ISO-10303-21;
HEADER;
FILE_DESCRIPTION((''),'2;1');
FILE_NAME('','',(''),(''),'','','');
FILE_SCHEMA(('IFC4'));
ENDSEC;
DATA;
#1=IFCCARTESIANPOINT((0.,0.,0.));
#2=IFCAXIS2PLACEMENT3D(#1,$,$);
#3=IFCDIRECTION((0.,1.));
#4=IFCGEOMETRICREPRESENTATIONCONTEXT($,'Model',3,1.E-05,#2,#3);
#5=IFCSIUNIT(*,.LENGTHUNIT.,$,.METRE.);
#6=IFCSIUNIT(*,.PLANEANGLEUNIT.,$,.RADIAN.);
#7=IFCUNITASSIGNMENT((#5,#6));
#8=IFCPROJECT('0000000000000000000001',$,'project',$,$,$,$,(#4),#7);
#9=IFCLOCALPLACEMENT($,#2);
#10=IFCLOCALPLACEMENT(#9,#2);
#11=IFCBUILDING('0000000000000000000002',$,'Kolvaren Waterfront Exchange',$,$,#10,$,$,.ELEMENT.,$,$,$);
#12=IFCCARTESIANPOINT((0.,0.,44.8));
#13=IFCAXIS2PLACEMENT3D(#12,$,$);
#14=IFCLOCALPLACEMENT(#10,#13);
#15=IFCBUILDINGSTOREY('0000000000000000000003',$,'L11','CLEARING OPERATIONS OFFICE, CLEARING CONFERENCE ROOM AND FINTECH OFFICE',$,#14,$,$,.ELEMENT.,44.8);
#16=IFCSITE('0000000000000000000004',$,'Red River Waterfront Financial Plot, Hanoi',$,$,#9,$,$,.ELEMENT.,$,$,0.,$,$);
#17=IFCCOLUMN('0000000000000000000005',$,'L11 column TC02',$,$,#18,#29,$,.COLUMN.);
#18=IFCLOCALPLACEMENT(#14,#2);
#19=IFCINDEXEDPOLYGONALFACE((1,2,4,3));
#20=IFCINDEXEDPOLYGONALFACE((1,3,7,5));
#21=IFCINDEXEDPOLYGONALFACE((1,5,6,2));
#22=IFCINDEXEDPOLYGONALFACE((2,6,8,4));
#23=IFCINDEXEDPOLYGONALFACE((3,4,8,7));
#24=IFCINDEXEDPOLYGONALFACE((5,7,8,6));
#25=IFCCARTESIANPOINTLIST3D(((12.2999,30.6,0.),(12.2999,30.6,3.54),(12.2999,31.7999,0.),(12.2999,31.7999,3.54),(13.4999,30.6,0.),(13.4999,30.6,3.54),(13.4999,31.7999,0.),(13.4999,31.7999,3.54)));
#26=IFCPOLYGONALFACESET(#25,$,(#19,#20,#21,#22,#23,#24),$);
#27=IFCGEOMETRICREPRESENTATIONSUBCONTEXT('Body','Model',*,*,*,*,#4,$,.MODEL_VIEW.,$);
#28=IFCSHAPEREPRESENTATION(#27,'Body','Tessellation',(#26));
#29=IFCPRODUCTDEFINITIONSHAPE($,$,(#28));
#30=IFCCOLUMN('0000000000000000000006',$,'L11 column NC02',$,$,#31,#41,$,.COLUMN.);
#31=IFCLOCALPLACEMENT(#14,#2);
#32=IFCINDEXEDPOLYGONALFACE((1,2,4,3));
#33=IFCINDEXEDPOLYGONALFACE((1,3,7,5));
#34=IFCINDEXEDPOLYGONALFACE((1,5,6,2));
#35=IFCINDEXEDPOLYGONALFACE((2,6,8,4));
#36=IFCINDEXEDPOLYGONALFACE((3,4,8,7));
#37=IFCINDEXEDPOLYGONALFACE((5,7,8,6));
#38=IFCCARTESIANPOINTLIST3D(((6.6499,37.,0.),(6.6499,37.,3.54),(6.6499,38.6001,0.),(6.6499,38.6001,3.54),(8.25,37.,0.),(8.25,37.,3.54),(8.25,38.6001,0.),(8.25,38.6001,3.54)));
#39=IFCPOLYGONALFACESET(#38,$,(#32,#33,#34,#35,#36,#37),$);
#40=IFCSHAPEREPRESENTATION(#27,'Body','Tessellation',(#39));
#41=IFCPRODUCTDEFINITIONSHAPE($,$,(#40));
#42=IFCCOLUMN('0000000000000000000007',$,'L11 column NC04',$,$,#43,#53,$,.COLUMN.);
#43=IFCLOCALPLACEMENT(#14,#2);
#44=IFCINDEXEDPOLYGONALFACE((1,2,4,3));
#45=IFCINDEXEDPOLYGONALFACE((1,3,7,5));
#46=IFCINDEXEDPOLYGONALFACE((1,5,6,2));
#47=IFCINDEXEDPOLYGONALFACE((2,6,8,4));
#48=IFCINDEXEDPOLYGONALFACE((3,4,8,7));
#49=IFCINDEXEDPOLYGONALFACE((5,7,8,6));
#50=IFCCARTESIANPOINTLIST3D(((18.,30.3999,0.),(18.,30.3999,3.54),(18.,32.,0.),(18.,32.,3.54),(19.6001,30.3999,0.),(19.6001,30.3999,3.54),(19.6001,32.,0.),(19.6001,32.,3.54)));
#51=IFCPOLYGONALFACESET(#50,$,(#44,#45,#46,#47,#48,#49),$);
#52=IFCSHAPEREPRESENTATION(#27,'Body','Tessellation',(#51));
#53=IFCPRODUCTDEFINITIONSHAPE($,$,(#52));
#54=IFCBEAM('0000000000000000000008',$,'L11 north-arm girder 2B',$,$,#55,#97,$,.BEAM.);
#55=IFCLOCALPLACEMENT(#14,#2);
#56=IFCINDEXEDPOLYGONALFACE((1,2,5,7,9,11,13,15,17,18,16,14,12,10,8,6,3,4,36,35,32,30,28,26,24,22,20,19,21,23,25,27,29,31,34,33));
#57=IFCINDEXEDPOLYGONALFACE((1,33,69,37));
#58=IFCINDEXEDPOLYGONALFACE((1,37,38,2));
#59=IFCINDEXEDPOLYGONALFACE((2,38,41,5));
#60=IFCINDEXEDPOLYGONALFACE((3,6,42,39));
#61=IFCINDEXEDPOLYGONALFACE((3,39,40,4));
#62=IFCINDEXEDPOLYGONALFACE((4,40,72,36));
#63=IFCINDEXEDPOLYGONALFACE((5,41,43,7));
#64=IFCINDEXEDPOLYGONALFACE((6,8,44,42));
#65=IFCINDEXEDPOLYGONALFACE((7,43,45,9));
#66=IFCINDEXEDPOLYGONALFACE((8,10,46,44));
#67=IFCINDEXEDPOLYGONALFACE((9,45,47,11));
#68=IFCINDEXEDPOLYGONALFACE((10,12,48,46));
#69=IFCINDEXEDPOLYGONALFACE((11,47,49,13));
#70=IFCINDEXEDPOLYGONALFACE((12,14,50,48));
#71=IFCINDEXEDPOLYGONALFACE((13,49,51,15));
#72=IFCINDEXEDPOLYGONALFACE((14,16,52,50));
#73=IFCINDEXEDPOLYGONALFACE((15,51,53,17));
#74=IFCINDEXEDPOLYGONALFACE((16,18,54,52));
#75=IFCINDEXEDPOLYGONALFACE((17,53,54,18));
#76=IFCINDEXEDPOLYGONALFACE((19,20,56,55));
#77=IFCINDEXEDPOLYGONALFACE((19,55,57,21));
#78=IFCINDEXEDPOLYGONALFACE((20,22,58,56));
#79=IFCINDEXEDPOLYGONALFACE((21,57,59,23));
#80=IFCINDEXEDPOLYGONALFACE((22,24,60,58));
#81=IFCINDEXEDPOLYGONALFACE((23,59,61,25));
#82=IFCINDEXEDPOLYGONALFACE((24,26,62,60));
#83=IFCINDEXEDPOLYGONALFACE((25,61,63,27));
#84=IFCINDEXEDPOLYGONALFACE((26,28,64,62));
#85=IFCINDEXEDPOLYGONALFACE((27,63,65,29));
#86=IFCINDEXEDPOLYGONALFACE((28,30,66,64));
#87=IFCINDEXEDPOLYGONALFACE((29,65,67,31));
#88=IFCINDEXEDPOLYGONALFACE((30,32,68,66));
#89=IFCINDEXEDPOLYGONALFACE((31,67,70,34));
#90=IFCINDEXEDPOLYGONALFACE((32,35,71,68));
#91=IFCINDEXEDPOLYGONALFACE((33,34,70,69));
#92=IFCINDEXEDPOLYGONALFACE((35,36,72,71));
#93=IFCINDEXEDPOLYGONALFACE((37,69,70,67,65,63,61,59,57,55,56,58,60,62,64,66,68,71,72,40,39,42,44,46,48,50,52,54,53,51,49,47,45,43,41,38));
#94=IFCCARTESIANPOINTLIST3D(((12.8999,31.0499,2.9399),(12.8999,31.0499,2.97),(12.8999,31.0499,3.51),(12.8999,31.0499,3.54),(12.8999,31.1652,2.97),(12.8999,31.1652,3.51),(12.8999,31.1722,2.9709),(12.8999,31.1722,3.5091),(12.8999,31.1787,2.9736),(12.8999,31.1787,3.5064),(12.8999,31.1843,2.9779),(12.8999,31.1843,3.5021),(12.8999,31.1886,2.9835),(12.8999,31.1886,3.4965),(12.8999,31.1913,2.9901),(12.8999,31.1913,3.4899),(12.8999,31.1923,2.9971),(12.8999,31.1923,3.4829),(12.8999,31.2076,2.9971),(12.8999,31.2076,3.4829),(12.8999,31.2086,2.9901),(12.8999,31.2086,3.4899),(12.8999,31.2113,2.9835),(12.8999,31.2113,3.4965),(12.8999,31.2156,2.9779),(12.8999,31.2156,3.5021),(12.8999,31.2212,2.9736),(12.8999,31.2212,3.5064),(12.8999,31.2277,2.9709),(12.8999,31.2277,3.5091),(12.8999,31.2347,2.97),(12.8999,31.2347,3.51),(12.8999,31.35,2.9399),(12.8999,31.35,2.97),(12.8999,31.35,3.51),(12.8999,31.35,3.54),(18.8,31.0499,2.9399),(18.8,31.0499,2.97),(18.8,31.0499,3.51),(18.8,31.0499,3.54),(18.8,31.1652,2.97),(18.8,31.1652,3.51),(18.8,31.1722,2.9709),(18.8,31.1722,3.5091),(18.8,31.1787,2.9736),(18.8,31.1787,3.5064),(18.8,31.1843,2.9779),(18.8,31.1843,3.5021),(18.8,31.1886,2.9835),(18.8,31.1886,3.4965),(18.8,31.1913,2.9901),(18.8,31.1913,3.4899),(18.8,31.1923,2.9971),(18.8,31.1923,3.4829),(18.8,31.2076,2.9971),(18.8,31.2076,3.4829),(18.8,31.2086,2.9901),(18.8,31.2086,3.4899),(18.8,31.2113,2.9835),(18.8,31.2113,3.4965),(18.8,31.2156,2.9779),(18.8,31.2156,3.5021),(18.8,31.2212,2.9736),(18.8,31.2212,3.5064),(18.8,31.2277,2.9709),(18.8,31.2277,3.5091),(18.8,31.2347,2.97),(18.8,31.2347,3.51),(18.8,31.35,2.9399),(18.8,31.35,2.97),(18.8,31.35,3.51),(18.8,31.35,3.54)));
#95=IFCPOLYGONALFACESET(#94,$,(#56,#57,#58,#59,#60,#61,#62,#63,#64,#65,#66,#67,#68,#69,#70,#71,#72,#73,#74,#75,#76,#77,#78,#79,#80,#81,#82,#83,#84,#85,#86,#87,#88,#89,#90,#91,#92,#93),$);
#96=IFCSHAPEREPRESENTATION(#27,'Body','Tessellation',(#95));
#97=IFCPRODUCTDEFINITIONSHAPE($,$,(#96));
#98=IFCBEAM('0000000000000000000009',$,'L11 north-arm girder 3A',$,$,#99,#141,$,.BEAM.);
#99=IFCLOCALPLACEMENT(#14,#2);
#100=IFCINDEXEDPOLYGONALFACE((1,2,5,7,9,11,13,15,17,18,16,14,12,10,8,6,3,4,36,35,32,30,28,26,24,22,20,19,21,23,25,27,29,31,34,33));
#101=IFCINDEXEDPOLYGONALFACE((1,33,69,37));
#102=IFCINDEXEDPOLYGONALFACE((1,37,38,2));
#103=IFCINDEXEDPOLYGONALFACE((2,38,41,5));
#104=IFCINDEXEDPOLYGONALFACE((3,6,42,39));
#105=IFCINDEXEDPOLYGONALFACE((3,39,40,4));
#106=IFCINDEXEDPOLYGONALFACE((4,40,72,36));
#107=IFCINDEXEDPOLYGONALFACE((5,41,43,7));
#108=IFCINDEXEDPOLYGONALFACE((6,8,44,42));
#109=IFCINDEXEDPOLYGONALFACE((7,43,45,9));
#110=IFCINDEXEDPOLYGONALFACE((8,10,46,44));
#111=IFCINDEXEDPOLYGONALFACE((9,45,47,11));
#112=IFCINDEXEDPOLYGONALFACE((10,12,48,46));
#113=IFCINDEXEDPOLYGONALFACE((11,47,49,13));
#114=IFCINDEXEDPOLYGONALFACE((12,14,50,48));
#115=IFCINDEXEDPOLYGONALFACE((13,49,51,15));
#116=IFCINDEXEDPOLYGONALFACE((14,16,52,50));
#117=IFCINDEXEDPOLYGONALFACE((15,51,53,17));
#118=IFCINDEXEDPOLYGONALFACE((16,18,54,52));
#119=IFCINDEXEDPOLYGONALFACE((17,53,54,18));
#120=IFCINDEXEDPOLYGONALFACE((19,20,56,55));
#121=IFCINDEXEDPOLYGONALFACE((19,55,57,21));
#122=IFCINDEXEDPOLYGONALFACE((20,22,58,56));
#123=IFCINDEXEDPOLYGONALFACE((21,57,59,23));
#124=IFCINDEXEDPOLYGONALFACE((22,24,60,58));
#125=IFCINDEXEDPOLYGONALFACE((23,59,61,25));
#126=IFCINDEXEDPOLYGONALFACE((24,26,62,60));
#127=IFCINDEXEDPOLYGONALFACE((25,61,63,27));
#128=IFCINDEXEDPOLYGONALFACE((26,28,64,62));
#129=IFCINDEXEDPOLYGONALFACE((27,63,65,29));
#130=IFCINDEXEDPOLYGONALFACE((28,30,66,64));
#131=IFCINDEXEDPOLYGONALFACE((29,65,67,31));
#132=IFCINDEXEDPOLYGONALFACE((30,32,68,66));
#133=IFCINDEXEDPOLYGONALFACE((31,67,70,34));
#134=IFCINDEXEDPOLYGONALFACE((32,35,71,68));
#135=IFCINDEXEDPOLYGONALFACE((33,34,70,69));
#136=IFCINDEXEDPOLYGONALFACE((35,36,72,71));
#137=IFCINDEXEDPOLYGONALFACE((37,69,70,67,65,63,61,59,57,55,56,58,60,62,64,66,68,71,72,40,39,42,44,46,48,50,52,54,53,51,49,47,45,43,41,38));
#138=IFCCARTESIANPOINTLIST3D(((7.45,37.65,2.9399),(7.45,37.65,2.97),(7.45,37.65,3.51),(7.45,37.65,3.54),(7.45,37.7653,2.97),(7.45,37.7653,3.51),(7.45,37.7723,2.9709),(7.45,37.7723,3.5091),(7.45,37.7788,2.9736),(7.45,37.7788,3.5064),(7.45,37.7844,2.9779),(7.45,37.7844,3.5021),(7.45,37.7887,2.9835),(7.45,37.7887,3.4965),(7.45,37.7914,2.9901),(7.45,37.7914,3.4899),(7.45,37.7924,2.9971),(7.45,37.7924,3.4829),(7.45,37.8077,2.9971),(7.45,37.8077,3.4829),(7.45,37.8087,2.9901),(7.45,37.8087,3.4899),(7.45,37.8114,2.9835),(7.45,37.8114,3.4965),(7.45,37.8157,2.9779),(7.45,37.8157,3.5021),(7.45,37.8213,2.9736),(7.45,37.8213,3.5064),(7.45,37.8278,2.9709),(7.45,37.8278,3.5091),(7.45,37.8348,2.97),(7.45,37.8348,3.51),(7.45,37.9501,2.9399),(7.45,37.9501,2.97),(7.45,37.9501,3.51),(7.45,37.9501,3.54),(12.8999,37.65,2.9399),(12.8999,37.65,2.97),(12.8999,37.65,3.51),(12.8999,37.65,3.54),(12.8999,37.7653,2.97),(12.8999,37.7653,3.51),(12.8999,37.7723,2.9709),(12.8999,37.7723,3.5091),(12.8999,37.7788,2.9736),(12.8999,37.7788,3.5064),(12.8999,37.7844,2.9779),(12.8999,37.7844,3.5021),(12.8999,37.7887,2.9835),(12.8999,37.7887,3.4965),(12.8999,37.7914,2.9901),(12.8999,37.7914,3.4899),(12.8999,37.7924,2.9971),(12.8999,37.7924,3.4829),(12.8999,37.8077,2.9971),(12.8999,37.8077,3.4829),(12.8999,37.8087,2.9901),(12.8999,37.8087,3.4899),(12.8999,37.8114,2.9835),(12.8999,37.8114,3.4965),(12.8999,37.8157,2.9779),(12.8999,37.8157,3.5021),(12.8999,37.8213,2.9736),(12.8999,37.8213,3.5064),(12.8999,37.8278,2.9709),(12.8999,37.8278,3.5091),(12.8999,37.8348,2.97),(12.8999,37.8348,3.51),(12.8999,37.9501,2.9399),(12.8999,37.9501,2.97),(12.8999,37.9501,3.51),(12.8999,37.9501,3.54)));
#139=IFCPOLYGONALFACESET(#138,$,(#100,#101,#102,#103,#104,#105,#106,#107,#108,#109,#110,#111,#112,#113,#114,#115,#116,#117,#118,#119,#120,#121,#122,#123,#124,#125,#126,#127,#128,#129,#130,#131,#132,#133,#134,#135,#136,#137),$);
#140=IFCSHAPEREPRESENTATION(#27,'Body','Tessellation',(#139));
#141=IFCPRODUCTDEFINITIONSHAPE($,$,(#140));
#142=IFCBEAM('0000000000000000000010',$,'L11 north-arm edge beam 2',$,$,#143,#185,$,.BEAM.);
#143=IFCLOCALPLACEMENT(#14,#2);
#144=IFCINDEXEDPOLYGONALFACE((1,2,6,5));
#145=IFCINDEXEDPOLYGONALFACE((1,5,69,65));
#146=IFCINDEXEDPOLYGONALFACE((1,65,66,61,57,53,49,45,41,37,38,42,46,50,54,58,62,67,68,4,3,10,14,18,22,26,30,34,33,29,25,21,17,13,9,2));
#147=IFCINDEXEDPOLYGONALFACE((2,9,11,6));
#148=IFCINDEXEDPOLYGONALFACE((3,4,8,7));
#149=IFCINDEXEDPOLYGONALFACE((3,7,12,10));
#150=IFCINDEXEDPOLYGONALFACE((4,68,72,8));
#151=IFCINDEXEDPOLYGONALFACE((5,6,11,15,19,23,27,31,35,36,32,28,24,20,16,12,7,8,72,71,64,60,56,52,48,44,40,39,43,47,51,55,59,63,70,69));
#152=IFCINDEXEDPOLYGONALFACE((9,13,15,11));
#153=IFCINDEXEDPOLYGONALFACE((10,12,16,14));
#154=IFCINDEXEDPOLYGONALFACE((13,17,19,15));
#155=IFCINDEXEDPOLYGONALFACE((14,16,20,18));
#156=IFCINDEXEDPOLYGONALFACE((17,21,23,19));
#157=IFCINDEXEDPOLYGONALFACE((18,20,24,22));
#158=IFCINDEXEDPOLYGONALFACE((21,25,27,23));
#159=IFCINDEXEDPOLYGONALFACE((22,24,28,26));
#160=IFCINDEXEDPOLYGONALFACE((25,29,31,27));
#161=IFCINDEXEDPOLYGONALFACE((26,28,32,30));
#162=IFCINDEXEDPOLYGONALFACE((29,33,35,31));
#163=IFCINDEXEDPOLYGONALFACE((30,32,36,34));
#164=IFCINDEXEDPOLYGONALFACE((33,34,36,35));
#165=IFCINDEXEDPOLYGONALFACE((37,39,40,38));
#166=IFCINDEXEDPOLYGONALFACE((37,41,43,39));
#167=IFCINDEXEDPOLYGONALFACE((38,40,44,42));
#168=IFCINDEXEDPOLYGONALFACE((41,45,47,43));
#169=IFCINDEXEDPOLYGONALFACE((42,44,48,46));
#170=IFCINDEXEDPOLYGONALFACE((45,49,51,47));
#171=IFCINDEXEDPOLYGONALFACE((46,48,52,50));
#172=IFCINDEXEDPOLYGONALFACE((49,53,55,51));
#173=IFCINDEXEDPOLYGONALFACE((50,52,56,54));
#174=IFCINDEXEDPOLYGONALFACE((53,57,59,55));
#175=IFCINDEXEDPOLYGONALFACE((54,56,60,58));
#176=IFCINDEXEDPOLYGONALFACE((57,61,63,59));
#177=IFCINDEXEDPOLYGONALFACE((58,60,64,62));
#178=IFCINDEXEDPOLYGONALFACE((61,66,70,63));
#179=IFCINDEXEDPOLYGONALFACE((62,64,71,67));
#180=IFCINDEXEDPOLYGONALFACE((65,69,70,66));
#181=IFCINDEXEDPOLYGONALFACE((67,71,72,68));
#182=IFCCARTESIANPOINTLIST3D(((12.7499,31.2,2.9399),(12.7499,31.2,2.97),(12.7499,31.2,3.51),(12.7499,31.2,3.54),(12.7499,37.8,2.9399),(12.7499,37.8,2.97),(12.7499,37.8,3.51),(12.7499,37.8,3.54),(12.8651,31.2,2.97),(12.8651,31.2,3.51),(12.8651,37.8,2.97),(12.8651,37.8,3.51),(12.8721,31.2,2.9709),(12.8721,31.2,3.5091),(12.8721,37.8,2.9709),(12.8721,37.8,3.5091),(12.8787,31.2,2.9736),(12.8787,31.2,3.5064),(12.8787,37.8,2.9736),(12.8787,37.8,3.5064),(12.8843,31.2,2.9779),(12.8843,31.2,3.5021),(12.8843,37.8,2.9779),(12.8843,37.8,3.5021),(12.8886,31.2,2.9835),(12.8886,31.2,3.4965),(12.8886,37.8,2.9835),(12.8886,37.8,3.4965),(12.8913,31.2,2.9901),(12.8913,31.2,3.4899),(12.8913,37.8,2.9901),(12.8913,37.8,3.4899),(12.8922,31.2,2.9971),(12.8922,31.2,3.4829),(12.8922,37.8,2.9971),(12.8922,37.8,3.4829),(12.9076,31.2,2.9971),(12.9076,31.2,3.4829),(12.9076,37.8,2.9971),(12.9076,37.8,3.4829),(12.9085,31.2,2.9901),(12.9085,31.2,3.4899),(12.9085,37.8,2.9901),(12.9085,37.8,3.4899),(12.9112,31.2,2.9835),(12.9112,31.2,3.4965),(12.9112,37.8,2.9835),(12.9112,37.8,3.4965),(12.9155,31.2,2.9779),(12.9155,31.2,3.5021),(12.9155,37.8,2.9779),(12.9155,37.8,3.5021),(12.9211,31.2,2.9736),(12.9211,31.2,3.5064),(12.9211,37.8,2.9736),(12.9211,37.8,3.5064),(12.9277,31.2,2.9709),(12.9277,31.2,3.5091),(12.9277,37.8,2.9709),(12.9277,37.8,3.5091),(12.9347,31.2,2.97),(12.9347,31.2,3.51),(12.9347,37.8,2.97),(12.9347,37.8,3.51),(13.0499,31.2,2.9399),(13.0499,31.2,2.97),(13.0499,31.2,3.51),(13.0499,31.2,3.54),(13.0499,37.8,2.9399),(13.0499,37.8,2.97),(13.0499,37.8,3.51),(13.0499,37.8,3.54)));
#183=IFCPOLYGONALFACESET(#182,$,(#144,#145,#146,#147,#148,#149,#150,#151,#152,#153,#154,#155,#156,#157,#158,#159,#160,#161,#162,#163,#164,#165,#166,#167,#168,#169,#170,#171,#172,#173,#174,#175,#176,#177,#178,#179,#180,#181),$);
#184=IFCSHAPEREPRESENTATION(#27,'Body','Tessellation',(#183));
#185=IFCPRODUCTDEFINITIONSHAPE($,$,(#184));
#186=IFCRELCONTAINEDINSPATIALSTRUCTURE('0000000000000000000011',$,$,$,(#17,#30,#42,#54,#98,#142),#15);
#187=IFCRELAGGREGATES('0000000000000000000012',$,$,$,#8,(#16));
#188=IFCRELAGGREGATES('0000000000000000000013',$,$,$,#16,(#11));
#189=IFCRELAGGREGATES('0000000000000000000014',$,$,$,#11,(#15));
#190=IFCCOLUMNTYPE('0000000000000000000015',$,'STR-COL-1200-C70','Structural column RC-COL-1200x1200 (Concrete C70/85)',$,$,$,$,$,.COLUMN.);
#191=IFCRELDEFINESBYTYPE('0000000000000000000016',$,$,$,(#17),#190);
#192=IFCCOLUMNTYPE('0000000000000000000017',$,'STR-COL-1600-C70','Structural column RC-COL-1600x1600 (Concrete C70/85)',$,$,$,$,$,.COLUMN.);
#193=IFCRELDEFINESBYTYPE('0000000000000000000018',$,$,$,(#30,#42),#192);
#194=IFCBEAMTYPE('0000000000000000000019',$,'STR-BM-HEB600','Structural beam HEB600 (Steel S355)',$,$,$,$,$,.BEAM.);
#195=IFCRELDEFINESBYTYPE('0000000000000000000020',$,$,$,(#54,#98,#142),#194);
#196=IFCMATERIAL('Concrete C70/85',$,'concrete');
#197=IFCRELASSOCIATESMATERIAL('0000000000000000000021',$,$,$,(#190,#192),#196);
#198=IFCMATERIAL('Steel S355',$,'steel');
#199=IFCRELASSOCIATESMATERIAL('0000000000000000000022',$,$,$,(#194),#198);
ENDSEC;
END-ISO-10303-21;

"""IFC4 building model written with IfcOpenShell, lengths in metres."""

from ifc_helpers import new_model, si_unit, direction, frame, origin, origin_2d, place, context, subcontext, project, spatial, rectangle, i_section, extrude, material, material_profile, profile_set, type_object, element, save


model = new_model("IFC4")

# Units and contexts
model_context = context("Model", 3, precision=1e-05, world=origin(), true_north=direction((0.0, 1.0)))
body_context = subcontext(model_context, "Body", "Model", "MODEL_VIEW")
ifc_project = project(units=[si_unit("LENGTHUNIT", "METRE"), si_unit("PLANEANGLEUNIT", "RADIAN")], contexts=[model_context])

# Site, building, storey
site_placement = place(None, origin())
site = spatial("IfcSite", under=ifc_project, at=site_placement, Name="Red River Waterfront Financial Plot, Hanoi", CompositionType="ELEMENT", RefElevation=0.0)
building_placement = place(site_placement, origin())
building = spatial("IfcBuilding", under=site, at=building_placement, Name="Kolvaren Waterfront Exchange", CompositionType="ELEMENT")
storey_placement = place(building_placement, frame((0.0, 0.0, 44.8)))
storey = spatial("IfcBuildingStorey", under=building, at=storey_placement, Name="L11", Description="CLEARING OPERATIONS OFFICE, CLEARING CONFERENCE ROOM AND FINTECH OFFICE", CompositionType="ELEMENT", Elevation=44.8)

# Columns
ifc_material_1 = material(Name="Concrete C70/85", Category="concrete")
ifc_material_profile_1 = material_profile(ifc_material_1, rectangle(XDim=1.2, YDim=1.2, at=origin_2d()), Name="RC-COL-1200x1200")
ifc_profile_set_1 = profile_set([ifc_material_profile_1], Name="Concrete C70/85")
column_type_1 = type_object("IfcColumnType", Name="STR-COL-1200-C70", Description="Structural column RC-COL-1200x1200 (Concrete C70/85)", PredefinedType="COLUMN", material=ifc_profile_set_1)
column_placement = place(storey_placement, frame((12.8999, 31.2, 0.0), z_axis=(0.0, 0.0, 1.0), x_axis=(1.0, 0.0, 0.0)))
element("IfcColumn", 1, at=column_placement, inside=storey, type_object=column_type_1, Name="L11 column TC02", PredefinedType="COLUMN", context=body_context, shape_type="SweptSolid", body=[
    extrude(rectangle(XDim=1.2, YDim=1.2, at=origin_2d()), origin(), (0.0, 0.0, 1.0), 3.54),
])
ifc_material_profile_2 = material_profile(ifc_material_1, rectangle(XDim=1.6001, YDim=1.6001, at=origin_2d()), Name="RC-COL-1600x1600")
ifc_profile_set_2 = profile_set([ifc_material_profile_2], Name="Concrete C70/85")
column_type_2 = type_object("IfcColumnType", Name="STR-COL-1600-C70", Description="Structural column RC-COL-1600x1600 (Concrete C70/85)", PredefinedType="COLUMN", material=ifc_profile_set_2)
for number, where, z_axis, x_axis, name in (
    (2, (7.45, 37.8, 0.0), (0.0, 0.0, 1.0), (1.0, 0.0, 0.0), "L11 column NC02"),
    (3, (18.8, 31.2, 0.0), (0.0, 0.0, 1.0), (1.0, 0.0, 0.0), "L11 column NC04"),
):
    element("IfcColumn", number, at=place(storey_placement, frame(where, z_axis=z_axis, x_axis=x_axis)), inside=storey, type_object=column_type_2, Name=name, PredefinedType="COLUMN", context=body_context, shape_type="SweptSolid", body=[
        extrude(rectangle(XDim=1.6001, YDim=1.6001, at=origin_2d()), origin(), (0.0, 0.0, 1.0), 3.54),
    ])

# Beams
ifc_material_2 = material(Name="Steel S355", Category="steel")
ifc_material_profile_3 = material_profile(ifc_material_2, i_section(OverallWidth=0.3, OverallDepth=0.6001, WebThickness=0.0154, FlangeThickness=0.03, FilletRadius=0.0271, at=origin_2d()), Name="HEB600")
ifc_profile_set_3 = profile_set([ifc_material_profile_3], Name="Steel S355")
beam_type_1 = type_object("IfcBeamType", Name="STR-BM-HEB600", Description="Structural beam HEB600 (Steel S355)", PredefinedType="BEAM", material=ifc_profile_set_3)
beam_1_placement = place(storey_placement, frame((12.8999, 31.2, 3.24), z_axis=(1.0, 0.0, 0.0), x_axis=(0.0, 1.0, 0.0)))
element("IfcBeam", 4, at=beam_1_placement, inside=storey, type_object=beam_type_1, Name="L11 north-arm girder 2B", PredefinedType="BEAM", context=body_context, shape_type="SweptSolid", body=[
    extrude(i_section(OverallWidth=0.3, OverallDepth=0.6001, WebThickness=0.0154, FlangeThickness=0.03, FilletRadius=0.0271, at=origin_2d()), origin(), (0.0, 0.0, 1.0), 5.9001),
])
beam_2_placement = place(storey_placement, frame((7.45, 37.8, 3.24), z_axis=(1.0, 0.0, 0.0), x_axis=(0.0, 1.0, 0.0)))
element("IfcBeam", 5, at=beam_2_placement, inside=storey, type_object=beam_type_1, Name="L11 north-arm girder 3A", PredefinedType="BEAM", context=body_context, shape_type="SweptSolid", body=[
    extrude(i_section(OverallWidth=0.3, OverallDepth=0.6001, WebThickness=0.0154, FlangeThickness=0.03, FilletRadius=0.0271, at=origin_2d()), origin(), (0.0, 0.0, 1.0), 5.45),
])
beam_3_placement = place(storey_placement, frame((12.8999, 31.2, 3.24), z_axis=(0.0, 1.0, 0.0), x_axis=(-1.0, 0.0, 0.0)))
element("IfcBeam", 6, at=beam_3_placement, inside=storey, type_object=beam_type_1, Name="L11 north-arm edge beam 2", PredefinedType="BEAM", context=body_context, shape_type="SweptSolid", body=[
    extrude(i_section(OverallWidth=0.3, OverallDepth=0.6001, WebThickness=0.0154, FlangeThickness=0.03, FilletRadius=0.0271, at=origin_2d()), origin(), (0.0, 0.0, 1.0), 6.6001),
])

save(model, "model.ifc")
